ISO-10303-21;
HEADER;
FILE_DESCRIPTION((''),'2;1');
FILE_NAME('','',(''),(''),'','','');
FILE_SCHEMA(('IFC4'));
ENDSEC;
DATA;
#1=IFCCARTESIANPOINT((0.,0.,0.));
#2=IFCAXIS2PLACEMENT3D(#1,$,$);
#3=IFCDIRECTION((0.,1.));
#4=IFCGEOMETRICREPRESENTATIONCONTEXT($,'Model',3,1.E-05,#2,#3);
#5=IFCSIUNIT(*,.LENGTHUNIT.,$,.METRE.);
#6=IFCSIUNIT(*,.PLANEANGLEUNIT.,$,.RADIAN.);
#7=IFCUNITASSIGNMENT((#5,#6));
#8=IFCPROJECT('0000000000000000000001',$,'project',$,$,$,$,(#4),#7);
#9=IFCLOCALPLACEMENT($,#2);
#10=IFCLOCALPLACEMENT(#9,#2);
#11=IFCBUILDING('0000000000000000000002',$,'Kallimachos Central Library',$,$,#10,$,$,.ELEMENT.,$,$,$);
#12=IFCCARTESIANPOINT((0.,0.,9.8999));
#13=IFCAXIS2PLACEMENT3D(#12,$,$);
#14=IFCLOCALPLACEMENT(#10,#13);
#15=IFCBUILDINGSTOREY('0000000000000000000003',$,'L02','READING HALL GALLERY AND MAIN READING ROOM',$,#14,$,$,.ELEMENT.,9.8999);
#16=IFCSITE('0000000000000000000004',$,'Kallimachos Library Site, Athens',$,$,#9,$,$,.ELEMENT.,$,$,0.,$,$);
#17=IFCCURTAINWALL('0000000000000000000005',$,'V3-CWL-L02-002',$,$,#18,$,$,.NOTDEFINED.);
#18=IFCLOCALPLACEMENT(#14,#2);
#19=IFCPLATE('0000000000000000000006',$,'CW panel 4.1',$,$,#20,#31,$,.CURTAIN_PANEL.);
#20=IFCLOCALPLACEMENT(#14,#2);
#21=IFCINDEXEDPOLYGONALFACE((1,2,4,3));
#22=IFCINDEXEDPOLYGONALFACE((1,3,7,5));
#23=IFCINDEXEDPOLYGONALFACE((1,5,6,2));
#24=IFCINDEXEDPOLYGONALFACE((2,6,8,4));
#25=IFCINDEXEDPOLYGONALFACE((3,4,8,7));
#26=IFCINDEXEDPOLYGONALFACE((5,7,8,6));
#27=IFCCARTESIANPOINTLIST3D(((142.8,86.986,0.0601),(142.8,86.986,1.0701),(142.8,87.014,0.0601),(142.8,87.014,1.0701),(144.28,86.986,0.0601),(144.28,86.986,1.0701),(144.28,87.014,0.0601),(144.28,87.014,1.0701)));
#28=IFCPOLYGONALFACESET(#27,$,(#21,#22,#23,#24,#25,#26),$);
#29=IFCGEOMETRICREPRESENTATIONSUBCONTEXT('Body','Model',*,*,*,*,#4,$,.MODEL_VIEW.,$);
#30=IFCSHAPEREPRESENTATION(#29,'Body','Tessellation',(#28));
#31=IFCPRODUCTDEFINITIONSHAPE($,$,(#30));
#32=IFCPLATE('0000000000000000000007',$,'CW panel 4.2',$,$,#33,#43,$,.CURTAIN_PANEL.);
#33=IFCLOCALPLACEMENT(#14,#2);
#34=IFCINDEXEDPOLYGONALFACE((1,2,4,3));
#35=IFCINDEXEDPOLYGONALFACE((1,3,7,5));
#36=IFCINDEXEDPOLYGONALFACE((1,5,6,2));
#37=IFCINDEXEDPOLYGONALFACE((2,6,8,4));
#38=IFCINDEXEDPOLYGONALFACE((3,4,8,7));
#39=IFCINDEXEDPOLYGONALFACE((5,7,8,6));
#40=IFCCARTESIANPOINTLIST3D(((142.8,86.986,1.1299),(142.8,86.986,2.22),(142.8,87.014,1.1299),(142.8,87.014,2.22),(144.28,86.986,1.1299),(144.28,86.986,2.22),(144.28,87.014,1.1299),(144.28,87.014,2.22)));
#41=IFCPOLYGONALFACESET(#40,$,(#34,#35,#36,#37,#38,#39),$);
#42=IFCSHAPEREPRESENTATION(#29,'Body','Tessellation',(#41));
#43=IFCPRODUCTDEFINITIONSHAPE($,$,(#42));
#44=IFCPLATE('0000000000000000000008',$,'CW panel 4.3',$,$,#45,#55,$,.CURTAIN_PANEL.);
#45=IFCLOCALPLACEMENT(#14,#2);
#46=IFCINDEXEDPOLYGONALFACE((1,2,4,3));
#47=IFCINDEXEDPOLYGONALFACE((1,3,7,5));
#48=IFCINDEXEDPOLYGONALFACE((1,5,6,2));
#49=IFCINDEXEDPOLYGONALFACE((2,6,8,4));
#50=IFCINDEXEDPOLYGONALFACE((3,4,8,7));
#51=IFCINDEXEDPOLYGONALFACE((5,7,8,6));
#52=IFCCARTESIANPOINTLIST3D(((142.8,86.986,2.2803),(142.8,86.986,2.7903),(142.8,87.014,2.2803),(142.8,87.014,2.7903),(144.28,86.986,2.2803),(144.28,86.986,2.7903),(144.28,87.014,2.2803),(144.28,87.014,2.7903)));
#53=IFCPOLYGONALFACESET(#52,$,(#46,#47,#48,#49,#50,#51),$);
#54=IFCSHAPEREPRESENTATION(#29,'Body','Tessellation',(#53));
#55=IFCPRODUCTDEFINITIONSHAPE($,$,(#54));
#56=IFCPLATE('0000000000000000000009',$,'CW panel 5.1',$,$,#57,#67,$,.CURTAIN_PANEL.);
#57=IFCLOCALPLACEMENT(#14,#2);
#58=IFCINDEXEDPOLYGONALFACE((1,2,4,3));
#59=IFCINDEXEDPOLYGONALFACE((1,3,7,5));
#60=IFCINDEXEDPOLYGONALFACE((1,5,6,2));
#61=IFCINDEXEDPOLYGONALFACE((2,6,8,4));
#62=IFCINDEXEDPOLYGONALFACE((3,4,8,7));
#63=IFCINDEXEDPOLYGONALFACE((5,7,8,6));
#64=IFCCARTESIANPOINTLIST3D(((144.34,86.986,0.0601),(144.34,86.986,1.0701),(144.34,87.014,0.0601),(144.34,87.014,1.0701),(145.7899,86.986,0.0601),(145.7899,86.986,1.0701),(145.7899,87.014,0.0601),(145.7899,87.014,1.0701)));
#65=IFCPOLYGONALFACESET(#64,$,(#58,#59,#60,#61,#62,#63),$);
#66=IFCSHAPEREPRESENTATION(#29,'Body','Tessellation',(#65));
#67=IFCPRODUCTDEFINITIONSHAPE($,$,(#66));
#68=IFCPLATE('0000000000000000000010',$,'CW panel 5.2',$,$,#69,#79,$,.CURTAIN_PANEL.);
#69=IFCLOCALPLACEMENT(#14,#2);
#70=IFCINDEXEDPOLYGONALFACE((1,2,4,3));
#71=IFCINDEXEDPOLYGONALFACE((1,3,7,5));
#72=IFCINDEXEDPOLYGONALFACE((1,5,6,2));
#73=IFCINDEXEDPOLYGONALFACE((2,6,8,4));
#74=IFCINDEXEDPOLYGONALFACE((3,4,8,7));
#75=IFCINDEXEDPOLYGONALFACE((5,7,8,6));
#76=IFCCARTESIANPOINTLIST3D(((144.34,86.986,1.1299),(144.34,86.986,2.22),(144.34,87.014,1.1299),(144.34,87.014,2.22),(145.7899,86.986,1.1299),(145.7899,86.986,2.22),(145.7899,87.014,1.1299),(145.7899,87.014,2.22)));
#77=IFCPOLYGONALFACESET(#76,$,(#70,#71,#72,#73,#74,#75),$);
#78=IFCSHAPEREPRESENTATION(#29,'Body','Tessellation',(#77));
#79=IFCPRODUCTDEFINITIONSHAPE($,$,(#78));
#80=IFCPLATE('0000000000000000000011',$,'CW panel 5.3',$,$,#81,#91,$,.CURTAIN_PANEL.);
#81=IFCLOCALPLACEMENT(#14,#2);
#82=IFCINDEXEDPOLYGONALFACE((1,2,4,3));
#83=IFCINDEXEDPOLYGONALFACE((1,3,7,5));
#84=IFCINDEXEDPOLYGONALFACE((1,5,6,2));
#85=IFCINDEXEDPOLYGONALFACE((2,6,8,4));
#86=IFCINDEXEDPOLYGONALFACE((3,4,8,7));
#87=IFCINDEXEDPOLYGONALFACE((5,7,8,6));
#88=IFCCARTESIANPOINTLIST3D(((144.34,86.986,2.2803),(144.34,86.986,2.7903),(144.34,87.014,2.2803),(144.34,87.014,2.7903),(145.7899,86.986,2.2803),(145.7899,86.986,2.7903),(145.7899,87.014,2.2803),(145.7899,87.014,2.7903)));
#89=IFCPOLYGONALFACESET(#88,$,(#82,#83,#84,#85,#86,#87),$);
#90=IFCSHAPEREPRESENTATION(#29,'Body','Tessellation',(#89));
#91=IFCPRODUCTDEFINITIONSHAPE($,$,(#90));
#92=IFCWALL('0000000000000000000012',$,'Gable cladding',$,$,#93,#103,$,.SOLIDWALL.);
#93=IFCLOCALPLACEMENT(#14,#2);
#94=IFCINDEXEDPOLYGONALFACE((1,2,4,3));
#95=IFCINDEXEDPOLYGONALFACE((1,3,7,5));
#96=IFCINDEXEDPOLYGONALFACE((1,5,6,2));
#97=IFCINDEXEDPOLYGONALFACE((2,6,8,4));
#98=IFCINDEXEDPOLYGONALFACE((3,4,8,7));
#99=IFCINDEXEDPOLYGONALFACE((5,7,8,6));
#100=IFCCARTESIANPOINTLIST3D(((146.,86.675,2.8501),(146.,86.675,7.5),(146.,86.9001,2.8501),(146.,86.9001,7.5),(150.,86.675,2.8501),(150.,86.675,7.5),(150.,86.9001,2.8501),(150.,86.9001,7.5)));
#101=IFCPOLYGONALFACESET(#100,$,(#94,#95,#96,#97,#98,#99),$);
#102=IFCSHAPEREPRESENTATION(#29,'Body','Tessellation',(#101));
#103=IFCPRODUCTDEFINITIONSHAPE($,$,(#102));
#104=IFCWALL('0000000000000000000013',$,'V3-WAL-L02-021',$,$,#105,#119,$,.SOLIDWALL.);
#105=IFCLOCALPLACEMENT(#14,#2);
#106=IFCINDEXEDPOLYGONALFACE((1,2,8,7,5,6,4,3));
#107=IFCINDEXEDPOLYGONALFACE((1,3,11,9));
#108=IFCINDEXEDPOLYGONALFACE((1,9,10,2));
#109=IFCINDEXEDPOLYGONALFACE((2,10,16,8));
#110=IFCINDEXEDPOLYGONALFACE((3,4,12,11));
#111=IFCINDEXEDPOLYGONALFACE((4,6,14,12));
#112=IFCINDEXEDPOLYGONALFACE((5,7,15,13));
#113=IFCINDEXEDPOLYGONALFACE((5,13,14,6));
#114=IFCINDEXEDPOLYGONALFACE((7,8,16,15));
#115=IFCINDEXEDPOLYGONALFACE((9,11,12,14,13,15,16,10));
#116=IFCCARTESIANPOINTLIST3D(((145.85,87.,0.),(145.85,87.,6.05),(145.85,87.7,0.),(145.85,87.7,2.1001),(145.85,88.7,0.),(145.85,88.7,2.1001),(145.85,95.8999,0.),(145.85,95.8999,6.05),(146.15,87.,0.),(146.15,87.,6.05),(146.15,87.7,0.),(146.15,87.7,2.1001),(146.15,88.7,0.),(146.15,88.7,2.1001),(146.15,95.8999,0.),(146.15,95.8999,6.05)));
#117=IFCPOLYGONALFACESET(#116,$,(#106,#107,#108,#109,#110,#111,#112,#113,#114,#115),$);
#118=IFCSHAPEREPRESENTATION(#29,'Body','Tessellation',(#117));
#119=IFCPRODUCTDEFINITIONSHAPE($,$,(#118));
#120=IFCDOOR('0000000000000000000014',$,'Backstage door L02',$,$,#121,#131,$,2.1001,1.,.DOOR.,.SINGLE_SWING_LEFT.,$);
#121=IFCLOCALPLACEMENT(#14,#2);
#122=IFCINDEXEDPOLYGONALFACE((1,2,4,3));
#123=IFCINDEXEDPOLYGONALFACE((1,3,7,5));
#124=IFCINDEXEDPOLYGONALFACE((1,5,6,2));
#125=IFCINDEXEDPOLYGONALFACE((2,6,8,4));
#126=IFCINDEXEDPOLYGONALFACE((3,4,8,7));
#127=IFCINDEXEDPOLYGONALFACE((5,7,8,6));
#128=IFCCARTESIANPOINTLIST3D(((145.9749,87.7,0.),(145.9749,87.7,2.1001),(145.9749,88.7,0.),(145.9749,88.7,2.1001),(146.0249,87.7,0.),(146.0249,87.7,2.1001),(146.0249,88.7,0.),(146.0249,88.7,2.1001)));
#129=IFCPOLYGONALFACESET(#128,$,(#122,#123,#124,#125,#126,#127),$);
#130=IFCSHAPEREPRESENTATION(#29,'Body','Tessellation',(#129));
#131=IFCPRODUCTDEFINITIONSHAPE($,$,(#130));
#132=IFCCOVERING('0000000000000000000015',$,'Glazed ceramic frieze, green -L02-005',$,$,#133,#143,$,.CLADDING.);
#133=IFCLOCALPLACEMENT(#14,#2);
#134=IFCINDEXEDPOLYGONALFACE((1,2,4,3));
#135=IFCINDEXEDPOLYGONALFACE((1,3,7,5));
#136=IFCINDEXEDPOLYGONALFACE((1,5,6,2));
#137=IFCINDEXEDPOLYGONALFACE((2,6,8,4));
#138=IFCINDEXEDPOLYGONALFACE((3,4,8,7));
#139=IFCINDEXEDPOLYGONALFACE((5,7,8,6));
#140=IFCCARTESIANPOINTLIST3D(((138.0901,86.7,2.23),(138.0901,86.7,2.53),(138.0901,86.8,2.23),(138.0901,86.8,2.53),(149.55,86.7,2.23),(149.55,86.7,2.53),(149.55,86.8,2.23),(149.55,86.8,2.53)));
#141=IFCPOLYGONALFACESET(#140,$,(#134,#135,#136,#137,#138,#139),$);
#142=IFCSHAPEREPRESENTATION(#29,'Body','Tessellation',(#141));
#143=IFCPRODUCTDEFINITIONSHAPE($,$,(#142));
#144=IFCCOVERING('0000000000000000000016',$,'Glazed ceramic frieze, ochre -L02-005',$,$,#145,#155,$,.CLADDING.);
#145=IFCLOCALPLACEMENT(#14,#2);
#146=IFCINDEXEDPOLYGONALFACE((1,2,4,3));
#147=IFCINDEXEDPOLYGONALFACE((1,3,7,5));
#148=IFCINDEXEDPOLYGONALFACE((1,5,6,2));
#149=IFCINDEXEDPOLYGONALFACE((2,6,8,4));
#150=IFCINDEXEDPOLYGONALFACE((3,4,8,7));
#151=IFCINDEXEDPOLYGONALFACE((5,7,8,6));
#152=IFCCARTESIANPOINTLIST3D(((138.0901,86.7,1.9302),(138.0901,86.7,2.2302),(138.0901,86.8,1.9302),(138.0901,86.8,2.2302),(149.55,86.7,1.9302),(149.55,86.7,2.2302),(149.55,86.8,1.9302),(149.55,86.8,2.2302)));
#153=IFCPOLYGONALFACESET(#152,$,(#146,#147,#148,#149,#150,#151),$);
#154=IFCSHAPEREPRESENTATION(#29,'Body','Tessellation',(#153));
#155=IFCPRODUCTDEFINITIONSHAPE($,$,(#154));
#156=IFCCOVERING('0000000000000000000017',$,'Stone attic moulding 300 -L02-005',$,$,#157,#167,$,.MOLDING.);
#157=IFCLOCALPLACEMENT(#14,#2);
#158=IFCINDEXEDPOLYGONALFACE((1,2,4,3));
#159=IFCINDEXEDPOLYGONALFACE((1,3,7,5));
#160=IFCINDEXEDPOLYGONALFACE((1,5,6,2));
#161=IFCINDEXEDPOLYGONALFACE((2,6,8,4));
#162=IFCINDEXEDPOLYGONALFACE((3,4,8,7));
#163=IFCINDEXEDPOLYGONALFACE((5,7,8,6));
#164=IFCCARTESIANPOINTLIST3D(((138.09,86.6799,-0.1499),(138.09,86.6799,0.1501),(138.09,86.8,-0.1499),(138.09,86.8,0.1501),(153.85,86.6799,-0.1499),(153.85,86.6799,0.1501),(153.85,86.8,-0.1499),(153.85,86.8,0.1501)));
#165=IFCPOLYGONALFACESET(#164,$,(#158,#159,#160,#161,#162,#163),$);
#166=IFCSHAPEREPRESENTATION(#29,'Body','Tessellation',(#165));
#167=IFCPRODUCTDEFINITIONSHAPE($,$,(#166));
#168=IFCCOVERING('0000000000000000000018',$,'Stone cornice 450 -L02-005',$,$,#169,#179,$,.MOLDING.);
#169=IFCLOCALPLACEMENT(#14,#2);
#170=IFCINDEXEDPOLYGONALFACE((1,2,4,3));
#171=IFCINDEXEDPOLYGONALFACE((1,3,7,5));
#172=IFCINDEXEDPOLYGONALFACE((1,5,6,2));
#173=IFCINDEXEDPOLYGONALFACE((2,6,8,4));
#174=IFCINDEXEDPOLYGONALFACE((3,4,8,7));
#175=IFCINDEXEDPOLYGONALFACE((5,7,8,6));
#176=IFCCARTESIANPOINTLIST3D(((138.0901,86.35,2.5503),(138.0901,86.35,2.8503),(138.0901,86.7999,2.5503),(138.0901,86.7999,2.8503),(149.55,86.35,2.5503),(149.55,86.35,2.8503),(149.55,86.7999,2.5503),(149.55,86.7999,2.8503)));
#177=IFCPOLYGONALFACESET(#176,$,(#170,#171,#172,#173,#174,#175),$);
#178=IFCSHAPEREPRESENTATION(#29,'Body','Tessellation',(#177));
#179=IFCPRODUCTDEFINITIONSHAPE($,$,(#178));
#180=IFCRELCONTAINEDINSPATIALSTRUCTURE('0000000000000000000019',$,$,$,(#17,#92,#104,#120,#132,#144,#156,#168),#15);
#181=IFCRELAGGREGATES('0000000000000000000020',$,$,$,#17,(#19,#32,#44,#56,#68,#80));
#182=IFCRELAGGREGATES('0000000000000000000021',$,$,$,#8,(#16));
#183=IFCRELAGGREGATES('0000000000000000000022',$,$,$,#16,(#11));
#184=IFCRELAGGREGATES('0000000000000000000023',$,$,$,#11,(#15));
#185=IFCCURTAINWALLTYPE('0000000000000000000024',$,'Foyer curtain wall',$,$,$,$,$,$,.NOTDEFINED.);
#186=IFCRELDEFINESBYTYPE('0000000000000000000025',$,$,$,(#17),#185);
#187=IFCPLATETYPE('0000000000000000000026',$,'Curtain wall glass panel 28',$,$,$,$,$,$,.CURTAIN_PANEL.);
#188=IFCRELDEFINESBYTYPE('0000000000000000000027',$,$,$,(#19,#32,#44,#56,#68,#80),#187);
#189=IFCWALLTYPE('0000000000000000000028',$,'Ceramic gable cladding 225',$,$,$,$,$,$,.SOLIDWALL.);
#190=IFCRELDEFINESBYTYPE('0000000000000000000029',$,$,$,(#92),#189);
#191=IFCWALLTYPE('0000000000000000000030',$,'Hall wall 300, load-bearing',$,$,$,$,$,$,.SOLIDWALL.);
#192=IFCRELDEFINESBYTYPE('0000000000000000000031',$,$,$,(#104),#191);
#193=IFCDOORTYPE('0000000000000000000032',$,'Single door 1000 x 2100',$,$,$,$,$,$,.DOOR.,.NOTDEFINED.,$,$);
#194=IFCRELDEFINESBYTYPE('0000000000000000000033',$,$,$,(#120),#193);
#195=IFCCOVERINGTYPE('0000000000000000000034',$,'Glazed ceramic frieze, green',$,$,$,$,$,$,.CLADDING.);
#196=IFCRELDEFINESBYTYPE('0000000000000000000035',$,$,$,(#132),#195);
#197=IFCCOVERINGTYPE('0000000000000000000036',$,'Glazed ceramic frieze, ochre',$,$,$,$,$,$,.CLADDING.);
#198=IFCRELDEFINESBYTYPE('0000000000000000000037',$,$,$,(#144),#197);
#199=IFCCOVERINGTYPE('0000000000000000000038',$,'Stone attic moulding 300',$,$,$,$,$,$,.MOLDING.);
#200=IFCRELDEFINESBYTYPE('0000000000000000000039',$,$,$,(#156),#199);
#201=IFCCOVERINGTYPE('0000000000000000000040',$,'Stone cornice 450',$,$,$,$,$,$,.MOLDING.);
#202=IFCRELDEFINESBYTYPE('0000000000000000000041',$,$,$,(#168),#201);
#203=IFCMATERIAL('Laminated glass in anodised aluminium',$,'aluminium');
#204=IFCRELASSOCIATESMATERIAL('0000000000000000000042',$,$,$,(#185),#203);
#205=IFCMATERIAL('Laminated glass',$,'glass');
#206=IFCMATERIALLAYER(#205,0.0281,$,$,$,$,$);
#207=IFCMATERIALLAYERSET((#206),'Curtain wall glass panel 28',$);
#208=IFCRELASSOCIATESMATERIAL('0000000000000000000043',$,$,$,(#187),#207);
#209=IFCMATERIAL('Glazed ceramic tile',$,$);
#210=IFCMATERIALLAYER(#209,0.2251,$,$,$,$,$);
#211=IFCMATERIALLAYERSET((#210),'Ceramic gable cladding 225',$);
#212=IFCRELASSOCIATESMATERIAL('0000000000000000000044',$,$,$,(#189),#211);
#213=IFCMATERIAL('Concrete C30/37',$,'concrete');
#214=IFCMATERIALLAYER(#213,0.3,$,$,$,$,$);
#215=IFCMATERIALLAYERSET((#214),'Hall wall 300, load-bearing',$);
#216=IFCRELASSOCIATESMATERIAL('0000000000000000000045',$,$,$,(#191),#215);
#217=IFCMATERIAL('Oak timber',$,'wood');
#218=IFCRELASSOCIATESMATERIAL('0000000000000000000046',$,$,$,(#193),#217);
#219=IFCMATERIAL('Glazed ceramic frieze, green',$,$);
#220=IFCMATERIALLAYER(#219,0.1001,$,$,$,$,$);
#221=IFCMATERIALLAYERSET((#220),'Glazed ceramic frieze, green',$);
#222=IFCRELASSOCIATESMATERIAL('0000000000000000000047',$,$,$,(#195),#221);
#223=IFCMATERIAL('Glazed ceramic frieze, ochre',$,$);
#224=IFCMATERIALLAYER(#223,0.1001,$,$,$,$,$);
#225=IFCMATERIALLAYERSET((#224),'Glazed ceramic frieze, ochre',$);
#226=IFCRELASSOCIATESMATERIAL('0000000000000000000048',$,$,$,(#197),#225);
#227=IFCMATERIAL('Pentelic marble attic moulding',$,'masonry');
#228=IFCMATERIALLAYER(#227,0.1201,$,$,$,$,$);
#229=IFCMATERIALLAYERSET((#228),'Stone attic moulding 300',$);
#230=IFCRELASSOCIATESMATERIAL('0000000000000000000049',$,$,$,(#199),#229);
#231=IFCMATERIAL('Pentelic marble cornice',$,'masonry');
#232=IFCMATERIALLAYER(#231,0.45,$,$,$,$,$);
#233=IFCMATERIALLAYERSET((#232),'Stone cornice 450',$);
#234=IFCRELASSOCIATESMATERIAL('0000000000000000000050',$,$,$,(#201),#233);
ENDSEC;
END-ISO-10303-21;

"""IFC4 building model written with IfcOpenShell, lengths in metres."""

from ifc_helpers import new_model, si_unit, direction, frame, frame_2d, origin, origin_2d, place, context, subcontext, project, spatial, rectangle, extrude, material, layer, layer_set, type_object, element, fill, aggregate, save


model = new_model("IFC4")

# Units and contexts
model_context = context("Model", 3, precision=1e-05, world=origin(), true_north=direction((0.0, 1.0)))
body_context = subcontext(model_context, "Body", "Model", "MODEL_VIEW")
ifc_project = project(units=[si_unit("LENGTHUNIT", "METRE"), si_unit("PLANEANGLEUNIT", "RADIAN")], contexts=[model_context])

# Site, building, storey
site_placement = place(None, origin())
site = spatial("IfcSite", under=ifc_project, at=site_placement, Name="Kallimachos Library Site, Athens", CompositionType="ELEMENT", RefElevation=0.0)
building_placement = place(site_placement, origin())
building = spatial("IfcBuilding", under=site, at=building_placement, Name="Kallimachos Central Library", CompositionType="ELEMENT")
storey_placement = place(building_placement, frame((0.0, 0.0, 9.8999)))
storey = spatial("IfcBuildingStorey", under=building, at=storey_placement, Name="L02", Description="READING HALL GALLERY AND MAIN READING ROOM", CompositionType="ELEMENT", Elevation=9.8999)

# Curtain wall
ifc_material_1 = material(Name="Laminated glass in anodised aluminium", Category="aluminium")
curtain_wall_type = type_object("IfcCurtainWallType", Name="Foyer curtain wall", PredefinedType="NOTDEFINED", material=ifc_material_1)
curtain_wall_placement = place(storey_placement, origin())
curtain_wall = element("IfcCurtainWall", 1, at=curtain_wall_placement, inside=storey, type_object=curtain_wall_type, Name="V3-CWL-L02-002", PredefinedType="NOTDEFINED")

# Plates
ifc_material_2 = material(Name="Laminated glass", Category="glass")
ifc_layer_1 = layer(ifc_material_2, 0.0281)
ifc_layer_set_1 = layer_set([ifc_layer_1], Name="Curtain wall glass panel 28")
plate_type = type_object("IfcPlateType", Name="Curtain wall glass panel 28", PredefinedType="CURTAIN_PANEL", material=ifc_layer_set_1)
plate_1_placement = place(storey_placement, frame((143.54, 87.0, 0.0601), z_axis=(0.0, 0.0, 1.0), x_axis=(1.0, 0.0, 0.0)))
plate_1 = element("IfcPlate", 2, at=plate_1_placement, type_object=plate_type, Name="CW panel 4.1", PredefinedType="CURTAIN_PANEL", context=body_context, shape_type="SweptSolid", body=[
    extrude(rectangle(XDim=1.48, YDim=0.0281, at=origin_2d()), origin(), (0.0, 0.0, 1.0), 1.01),
])
plate_2_placement = place(storey_placement, frame((143.54, 87.0, 1.1299), z_axis=(0.0, 0.0, 1.0), x_axis=(1.0, 0.0, 0.0)))
plate_2 = element("IfcPlate", 3, at=plate_2_placement, type_object=plate_type, Name="CW panel 4.2", PredefinedType="CURTAIN_PANEL", context=body_context, shape_type="SweptSolid", body=[
    extrude(rectangle(XDim=1.48, YDim=0.0281, at=origin_2d()), origin(), (0.0, 0.0, 1.0), 1.0901),
])
plate_3_placement = place(storey_placement, frame((143.54, 87.0, 2.2803), z_axis=(0.0, 0.0, 1.0), x_axis=(1.0, 0.0, 0.0)))
plate_3 = element("IfcPlate", 4, at=plate_3_placement, type_object=plate_type, Name="CW panel 4.3", PredefinedType="CURTAIN_PANEL", context=body_context, shape_type="SweptSolid", body=[
    extrude(rectangle(XDim=1.48, YDim=0.0281, at=origin_2d()), origin(), (0.0, 0.0, 1.0), 0.51),
])
plate_4_placement = place(storey_placement, frame((145.0649, 87.0, 0.0601), z_axis=(0.0, 0.0, 1.0), x_axis=(1.0, 0.0, 0.0)))
plate_4 = element("IfcPlate", 5, at=plate_4_placement, type_object=plate_type, Name="CW panel 5.1", PredefinedType="CURTAIN_PANEL", context=body_context, shape_type="SweptSolid", body=[
    extrude(rectangle(XDim=1.45, YDim=0.0281, at=origin_2d()), origin(), (0.0, 0.0, 1.0), 1.01),
])
plate_5_placement = place(storey_placement, frame((145.0649, 87.0, 1.1299), z_axis=(0.0, 0.0, 1.0), x_axis=(1.0, 0.0, 0.0)))
plate_5 = element("IfcPlate", 6, at=plate_5_placement, type_object=plate_type, Name="CW panel 5.2", PredefinedType="CURTAIN_PANEL", context=body_context, shape_type="SweptSolid", body=[
    extrude(rectangle(XDim=1.45, YDim=0.0281, at=origin_2d()), origin(), (0.0, 0.0, 1.0), 1.0901),
])
plate_6_placement = place(storey_placement, frame((145.0649, 87.0, 2.2803), z_axis=(0.0, 0.0, 1.0), x_axis=(1.0, 0.0, 0.0)))
plate_6 = element("IfcPlate", 7, at=plate_6_placement, type_object=plate_type, Name="CW panel 5.3", PredefinedType="CURTAIN_PANEL", context=body_context, shape_type="SweptSolid", body=[
    extrude(rectangle(XDim=1.45, YDim=0.0281, at=origin_2d()), origin(), (0.0, 0.0, 1.0), 0.51),
])
aggregate(curtain_wall, [plate_1, plate_2, plate_3, plate_4, plate_5, plate_6])

# Wall
ifc_material_3 = material(Name="Glazed ceramic tile")
ifc_layer_2 = layer(ifc_material_3, 0.2251)
ifc_layer_set_2 = layer_set([ifc_layer_2], Name="Ceramic gable cladding 225")
wall_type_1 = type_object("IfcWallType", Name="Ceramic gable cladding 225", PredefinedType="SOLIDWALL", material=ifc_layer_set_2)
wall_1_placement = place(storey_placement, frame((146.0, 86.7876, 2.8501), z_axis=(0.0, 0.0, 1.0), x_axis=(1.0, 0.0, 0.0)))
element("IfcWall", 8, at=wall_1_placement, inside=storey, type_object=wall_type_1, Name="Gable cladding", PredefinedType="SOLIDWALL", context=body_context, shape_type="SweptSolid", body=[
    extrude(rectangle(XDim=4.0, YDim=0.2251, at=frame_2d((2.0, 0.0))), origin(), (0.0, 0.0, 1.0), 4.6499),
])

# Wall, opening, door
ifc_material_4 = material(Name="Concrete C30/37", Category="concrete")
ifc_layer_3 = layer(ifc_material_4, 0.3)
ifc_layer_set_3 = layer_set([ifc_layer_3], Name="Hall wall 300, load-bearing")
wall_type_2 = type_object("IfcWallType", Name="Hall wall 300, load-bearing", PredefinedType="SOLIDWALL", material=ifc_layer_set_3)
wall_2_placement = place(storey_placement, frame((146.0, 87.0, 0.0), z_axis=(0.0, 0.0, 1.0), x_axis=(0.0, 1.0, 0.0)))
wall_2 = element("IfcWall", 9, at=wall_2_placement, inside=storey, type_object=wall_type_2, Name="V3-WAL-L02-021", PredefinedType="SOLIDWALL", context=body_context, shape_type="SweptSolid", body=[
    extrude(rectangle(XDim=8.8999, YDim=0.3, at=frame_2d((4.45, 0.0))), origin(), (0.0, 0.0, 1.0), 6.05),
])
opening_placement = place(wall_2_placement, frame((0.7, 0.0, 0.0)))
opening = element("IfcOpeningElement", 10, at=opening_placement, cuts=wall_2, PredefinedType="OPENING", context=body_context, shape_type="SweptSolid", body=[
    extrude(rectangle(XDim=1.0, YDim=2.1001, at=frame_2d((0.5, 1.05))), frame((0.0, 0.1599, 0.0), z_axis=(0.0, -1.0, 0.0), x_axis=(1.0, 0.0, 0.0)), (0.0, 0.0, 1.0), 0.3201),
])
ifc_material_5 = material(Name="Oak timber", Category="wood")
door_type = type_object("IfcDoorType", Name="Single door 1000 x 2100", OperationType="NOTDEFINED", PredefinedType="DOOR", material=ifc_material_5)
door_placement = place(opening_placement, frame((1.0, 0.0, 0.0), z_axis=(0.0, 0.0, 1.0), x_axis=(-1.0, 0.0, 0.0)))
door = element("IfcDoor", 11, at=door_placement, inside=storey, type_object=door_type, Name="Backstage door L02", OperationType="SINGLE_SWING_LEFT", OverallHeight=2.1001, OverallWidth=1.0, PredefinedType="DOOR", context=body_context, shape_type="SweptSolid", body=[
    extrude(rectangle(XDim=1.0, YDim=2.1001, at=frame_2d((0.5, 1.05))), frame((0.0, 0.0249, 0.0), z_axis=(0.0, -1.0, 0.0), x_axis=(1.0, 0.0, 0.0)), (0.0, 0.0, 1.0), 0.05),
])
fill(opening, door)

# Coverings
ifc_material_6 = material(Name="Glazed ceramic frieze, green")
ifc_layer_4 = layer(ifc_material_6, 0.1001)
ifc_layer_set_4 = layer_set([ifc_layer_4], Name="Glazed ceramic frieze, green")
covering_type_1 = type_object("IfcCoveringType", Name="Glazed ceramic frieze, green", PredefinedType="CLADDING", material=ifc_layer_set_4)
covering_1_placement = place(storey_placement, frame((143.8201, 86.75, 2.23), z_axis=(0.0, 0.0, 1.0), x_axis=(1.0, 0.0, 0.0)))
element("IfcCovering", 12, at=covering_1_placement, inside=storey, type_object=covering_type_1, Name="Glazed ceramic frieze, green -L02-005", PredefinedType="CLADDING", context=body_context, shape_type="SweptSolid", body=[
    extrude(rectangle(XDim=11.46, YDim=0.1001, at=origin_2d()), origin(), (0.0, 0.0, 1.0), 0.3),
])
ifc_material_7 = material(Name="Glazed ceramic frieze, ochre")
ifc_layer_5 = layer(ifc_material_7, 0.1001)
ifc_layer_set_5 = layer_set([ifc_layer_5], Name="Glazed ceramic frieze, ochre")
covering_type_2 = type_object("IfcCoveringType", Name="Glazed ceramic frieze, ochre", PredefinedType="CLADDING", material=ifc_layer_set_5)
covering_2_placement = place(storey_placement, frame((143.8201, 86.75, 1.9302), z_axis=(0.0, 0.0, 1.0), x_axis=(1.0, 0.0, 0.0)))
element("IfcCovering", 13, at=covering_2_placement, inside=storey, type_object=covering_type_2, Name="Glazed ceramic frieze, ochre -L02-005", PredefinedType="CLADDING", context=body_context, shape_type="SweptSolid", body=[
    extrude(rectangle(XDim=11.46, YDim=0.1001, at=origin_2d()), origin(), (0.0, 0.0, 1.0), 0.3),
])
ifc_material_8 = material(Name="Pentelic marble attic moulding", Category="masonry")
ifc_layer_6 = layer(ifc_material_8, 0.1201)
ifc_layer_set_6 = layer_set([ifc_layer_6], Name="Stone attic moulding 300")
covering_type_3 = type_object("IfcCoveringType", Name="Stone attic moulding 300", PredefinedType="MOLDING", material=ifc_layer_set_6)
covering_3_placement = place(storey_placement, frame((145.97, 86.74, -0.1499), z_axis=(0.0, 0.0, 1.0), x_axis=(1.0, 0.0, 0.0)))
element("IfcCovering", 14, at=covering_3_placement, inside=storey, type_object=covering_type_3, Name="Stone attic moulding 300 -L02-005", PredefinedType="MOLDING", context=body_context, shape_type="SweptSolid", body=[
    extrude(rectangle(XDim=15.76, YDim=0.1201, at=origin_2d()), origin(), (0.0, 0.0, 1.0), 0.3),
])
ifc_material_9 = material(Name="Pentelic marble cornice", Category="masonry")
ifc_layer_7 = layer(ifc_material_9, 0.45)
ifc_layer_set_7 = layer_set([ifc_layer_7], Name="Stone cornice 450")
covering_type_4 = type_object("IfcCoveringType", Name="Stone cornice 450", PredefinedType="MOLDING", material=ifc_layer_set_7)
covering_4_placement = place(storey_placement, frame((143.8201, 86.575, 2.5503), z_axis=(0.0, 0.0, 1.0), x_axis=(1.0, 0.0, 0.0)))
element("IfcCovering", 15, at=covering_4_placement, inside=storey, type_object=covering_type_4, Name="Stone cornice 450 -L02-005", PredefinedType="MOLDING", context=body_context, shape_type="SweptSolid", body=[
    extrude(rectangle(XDim=11.46, YDim=0.45, at=origin_2d()), origin(), (0.0, 0.0, 1.0), 0.3),
])

save(model, "model.ifc")
